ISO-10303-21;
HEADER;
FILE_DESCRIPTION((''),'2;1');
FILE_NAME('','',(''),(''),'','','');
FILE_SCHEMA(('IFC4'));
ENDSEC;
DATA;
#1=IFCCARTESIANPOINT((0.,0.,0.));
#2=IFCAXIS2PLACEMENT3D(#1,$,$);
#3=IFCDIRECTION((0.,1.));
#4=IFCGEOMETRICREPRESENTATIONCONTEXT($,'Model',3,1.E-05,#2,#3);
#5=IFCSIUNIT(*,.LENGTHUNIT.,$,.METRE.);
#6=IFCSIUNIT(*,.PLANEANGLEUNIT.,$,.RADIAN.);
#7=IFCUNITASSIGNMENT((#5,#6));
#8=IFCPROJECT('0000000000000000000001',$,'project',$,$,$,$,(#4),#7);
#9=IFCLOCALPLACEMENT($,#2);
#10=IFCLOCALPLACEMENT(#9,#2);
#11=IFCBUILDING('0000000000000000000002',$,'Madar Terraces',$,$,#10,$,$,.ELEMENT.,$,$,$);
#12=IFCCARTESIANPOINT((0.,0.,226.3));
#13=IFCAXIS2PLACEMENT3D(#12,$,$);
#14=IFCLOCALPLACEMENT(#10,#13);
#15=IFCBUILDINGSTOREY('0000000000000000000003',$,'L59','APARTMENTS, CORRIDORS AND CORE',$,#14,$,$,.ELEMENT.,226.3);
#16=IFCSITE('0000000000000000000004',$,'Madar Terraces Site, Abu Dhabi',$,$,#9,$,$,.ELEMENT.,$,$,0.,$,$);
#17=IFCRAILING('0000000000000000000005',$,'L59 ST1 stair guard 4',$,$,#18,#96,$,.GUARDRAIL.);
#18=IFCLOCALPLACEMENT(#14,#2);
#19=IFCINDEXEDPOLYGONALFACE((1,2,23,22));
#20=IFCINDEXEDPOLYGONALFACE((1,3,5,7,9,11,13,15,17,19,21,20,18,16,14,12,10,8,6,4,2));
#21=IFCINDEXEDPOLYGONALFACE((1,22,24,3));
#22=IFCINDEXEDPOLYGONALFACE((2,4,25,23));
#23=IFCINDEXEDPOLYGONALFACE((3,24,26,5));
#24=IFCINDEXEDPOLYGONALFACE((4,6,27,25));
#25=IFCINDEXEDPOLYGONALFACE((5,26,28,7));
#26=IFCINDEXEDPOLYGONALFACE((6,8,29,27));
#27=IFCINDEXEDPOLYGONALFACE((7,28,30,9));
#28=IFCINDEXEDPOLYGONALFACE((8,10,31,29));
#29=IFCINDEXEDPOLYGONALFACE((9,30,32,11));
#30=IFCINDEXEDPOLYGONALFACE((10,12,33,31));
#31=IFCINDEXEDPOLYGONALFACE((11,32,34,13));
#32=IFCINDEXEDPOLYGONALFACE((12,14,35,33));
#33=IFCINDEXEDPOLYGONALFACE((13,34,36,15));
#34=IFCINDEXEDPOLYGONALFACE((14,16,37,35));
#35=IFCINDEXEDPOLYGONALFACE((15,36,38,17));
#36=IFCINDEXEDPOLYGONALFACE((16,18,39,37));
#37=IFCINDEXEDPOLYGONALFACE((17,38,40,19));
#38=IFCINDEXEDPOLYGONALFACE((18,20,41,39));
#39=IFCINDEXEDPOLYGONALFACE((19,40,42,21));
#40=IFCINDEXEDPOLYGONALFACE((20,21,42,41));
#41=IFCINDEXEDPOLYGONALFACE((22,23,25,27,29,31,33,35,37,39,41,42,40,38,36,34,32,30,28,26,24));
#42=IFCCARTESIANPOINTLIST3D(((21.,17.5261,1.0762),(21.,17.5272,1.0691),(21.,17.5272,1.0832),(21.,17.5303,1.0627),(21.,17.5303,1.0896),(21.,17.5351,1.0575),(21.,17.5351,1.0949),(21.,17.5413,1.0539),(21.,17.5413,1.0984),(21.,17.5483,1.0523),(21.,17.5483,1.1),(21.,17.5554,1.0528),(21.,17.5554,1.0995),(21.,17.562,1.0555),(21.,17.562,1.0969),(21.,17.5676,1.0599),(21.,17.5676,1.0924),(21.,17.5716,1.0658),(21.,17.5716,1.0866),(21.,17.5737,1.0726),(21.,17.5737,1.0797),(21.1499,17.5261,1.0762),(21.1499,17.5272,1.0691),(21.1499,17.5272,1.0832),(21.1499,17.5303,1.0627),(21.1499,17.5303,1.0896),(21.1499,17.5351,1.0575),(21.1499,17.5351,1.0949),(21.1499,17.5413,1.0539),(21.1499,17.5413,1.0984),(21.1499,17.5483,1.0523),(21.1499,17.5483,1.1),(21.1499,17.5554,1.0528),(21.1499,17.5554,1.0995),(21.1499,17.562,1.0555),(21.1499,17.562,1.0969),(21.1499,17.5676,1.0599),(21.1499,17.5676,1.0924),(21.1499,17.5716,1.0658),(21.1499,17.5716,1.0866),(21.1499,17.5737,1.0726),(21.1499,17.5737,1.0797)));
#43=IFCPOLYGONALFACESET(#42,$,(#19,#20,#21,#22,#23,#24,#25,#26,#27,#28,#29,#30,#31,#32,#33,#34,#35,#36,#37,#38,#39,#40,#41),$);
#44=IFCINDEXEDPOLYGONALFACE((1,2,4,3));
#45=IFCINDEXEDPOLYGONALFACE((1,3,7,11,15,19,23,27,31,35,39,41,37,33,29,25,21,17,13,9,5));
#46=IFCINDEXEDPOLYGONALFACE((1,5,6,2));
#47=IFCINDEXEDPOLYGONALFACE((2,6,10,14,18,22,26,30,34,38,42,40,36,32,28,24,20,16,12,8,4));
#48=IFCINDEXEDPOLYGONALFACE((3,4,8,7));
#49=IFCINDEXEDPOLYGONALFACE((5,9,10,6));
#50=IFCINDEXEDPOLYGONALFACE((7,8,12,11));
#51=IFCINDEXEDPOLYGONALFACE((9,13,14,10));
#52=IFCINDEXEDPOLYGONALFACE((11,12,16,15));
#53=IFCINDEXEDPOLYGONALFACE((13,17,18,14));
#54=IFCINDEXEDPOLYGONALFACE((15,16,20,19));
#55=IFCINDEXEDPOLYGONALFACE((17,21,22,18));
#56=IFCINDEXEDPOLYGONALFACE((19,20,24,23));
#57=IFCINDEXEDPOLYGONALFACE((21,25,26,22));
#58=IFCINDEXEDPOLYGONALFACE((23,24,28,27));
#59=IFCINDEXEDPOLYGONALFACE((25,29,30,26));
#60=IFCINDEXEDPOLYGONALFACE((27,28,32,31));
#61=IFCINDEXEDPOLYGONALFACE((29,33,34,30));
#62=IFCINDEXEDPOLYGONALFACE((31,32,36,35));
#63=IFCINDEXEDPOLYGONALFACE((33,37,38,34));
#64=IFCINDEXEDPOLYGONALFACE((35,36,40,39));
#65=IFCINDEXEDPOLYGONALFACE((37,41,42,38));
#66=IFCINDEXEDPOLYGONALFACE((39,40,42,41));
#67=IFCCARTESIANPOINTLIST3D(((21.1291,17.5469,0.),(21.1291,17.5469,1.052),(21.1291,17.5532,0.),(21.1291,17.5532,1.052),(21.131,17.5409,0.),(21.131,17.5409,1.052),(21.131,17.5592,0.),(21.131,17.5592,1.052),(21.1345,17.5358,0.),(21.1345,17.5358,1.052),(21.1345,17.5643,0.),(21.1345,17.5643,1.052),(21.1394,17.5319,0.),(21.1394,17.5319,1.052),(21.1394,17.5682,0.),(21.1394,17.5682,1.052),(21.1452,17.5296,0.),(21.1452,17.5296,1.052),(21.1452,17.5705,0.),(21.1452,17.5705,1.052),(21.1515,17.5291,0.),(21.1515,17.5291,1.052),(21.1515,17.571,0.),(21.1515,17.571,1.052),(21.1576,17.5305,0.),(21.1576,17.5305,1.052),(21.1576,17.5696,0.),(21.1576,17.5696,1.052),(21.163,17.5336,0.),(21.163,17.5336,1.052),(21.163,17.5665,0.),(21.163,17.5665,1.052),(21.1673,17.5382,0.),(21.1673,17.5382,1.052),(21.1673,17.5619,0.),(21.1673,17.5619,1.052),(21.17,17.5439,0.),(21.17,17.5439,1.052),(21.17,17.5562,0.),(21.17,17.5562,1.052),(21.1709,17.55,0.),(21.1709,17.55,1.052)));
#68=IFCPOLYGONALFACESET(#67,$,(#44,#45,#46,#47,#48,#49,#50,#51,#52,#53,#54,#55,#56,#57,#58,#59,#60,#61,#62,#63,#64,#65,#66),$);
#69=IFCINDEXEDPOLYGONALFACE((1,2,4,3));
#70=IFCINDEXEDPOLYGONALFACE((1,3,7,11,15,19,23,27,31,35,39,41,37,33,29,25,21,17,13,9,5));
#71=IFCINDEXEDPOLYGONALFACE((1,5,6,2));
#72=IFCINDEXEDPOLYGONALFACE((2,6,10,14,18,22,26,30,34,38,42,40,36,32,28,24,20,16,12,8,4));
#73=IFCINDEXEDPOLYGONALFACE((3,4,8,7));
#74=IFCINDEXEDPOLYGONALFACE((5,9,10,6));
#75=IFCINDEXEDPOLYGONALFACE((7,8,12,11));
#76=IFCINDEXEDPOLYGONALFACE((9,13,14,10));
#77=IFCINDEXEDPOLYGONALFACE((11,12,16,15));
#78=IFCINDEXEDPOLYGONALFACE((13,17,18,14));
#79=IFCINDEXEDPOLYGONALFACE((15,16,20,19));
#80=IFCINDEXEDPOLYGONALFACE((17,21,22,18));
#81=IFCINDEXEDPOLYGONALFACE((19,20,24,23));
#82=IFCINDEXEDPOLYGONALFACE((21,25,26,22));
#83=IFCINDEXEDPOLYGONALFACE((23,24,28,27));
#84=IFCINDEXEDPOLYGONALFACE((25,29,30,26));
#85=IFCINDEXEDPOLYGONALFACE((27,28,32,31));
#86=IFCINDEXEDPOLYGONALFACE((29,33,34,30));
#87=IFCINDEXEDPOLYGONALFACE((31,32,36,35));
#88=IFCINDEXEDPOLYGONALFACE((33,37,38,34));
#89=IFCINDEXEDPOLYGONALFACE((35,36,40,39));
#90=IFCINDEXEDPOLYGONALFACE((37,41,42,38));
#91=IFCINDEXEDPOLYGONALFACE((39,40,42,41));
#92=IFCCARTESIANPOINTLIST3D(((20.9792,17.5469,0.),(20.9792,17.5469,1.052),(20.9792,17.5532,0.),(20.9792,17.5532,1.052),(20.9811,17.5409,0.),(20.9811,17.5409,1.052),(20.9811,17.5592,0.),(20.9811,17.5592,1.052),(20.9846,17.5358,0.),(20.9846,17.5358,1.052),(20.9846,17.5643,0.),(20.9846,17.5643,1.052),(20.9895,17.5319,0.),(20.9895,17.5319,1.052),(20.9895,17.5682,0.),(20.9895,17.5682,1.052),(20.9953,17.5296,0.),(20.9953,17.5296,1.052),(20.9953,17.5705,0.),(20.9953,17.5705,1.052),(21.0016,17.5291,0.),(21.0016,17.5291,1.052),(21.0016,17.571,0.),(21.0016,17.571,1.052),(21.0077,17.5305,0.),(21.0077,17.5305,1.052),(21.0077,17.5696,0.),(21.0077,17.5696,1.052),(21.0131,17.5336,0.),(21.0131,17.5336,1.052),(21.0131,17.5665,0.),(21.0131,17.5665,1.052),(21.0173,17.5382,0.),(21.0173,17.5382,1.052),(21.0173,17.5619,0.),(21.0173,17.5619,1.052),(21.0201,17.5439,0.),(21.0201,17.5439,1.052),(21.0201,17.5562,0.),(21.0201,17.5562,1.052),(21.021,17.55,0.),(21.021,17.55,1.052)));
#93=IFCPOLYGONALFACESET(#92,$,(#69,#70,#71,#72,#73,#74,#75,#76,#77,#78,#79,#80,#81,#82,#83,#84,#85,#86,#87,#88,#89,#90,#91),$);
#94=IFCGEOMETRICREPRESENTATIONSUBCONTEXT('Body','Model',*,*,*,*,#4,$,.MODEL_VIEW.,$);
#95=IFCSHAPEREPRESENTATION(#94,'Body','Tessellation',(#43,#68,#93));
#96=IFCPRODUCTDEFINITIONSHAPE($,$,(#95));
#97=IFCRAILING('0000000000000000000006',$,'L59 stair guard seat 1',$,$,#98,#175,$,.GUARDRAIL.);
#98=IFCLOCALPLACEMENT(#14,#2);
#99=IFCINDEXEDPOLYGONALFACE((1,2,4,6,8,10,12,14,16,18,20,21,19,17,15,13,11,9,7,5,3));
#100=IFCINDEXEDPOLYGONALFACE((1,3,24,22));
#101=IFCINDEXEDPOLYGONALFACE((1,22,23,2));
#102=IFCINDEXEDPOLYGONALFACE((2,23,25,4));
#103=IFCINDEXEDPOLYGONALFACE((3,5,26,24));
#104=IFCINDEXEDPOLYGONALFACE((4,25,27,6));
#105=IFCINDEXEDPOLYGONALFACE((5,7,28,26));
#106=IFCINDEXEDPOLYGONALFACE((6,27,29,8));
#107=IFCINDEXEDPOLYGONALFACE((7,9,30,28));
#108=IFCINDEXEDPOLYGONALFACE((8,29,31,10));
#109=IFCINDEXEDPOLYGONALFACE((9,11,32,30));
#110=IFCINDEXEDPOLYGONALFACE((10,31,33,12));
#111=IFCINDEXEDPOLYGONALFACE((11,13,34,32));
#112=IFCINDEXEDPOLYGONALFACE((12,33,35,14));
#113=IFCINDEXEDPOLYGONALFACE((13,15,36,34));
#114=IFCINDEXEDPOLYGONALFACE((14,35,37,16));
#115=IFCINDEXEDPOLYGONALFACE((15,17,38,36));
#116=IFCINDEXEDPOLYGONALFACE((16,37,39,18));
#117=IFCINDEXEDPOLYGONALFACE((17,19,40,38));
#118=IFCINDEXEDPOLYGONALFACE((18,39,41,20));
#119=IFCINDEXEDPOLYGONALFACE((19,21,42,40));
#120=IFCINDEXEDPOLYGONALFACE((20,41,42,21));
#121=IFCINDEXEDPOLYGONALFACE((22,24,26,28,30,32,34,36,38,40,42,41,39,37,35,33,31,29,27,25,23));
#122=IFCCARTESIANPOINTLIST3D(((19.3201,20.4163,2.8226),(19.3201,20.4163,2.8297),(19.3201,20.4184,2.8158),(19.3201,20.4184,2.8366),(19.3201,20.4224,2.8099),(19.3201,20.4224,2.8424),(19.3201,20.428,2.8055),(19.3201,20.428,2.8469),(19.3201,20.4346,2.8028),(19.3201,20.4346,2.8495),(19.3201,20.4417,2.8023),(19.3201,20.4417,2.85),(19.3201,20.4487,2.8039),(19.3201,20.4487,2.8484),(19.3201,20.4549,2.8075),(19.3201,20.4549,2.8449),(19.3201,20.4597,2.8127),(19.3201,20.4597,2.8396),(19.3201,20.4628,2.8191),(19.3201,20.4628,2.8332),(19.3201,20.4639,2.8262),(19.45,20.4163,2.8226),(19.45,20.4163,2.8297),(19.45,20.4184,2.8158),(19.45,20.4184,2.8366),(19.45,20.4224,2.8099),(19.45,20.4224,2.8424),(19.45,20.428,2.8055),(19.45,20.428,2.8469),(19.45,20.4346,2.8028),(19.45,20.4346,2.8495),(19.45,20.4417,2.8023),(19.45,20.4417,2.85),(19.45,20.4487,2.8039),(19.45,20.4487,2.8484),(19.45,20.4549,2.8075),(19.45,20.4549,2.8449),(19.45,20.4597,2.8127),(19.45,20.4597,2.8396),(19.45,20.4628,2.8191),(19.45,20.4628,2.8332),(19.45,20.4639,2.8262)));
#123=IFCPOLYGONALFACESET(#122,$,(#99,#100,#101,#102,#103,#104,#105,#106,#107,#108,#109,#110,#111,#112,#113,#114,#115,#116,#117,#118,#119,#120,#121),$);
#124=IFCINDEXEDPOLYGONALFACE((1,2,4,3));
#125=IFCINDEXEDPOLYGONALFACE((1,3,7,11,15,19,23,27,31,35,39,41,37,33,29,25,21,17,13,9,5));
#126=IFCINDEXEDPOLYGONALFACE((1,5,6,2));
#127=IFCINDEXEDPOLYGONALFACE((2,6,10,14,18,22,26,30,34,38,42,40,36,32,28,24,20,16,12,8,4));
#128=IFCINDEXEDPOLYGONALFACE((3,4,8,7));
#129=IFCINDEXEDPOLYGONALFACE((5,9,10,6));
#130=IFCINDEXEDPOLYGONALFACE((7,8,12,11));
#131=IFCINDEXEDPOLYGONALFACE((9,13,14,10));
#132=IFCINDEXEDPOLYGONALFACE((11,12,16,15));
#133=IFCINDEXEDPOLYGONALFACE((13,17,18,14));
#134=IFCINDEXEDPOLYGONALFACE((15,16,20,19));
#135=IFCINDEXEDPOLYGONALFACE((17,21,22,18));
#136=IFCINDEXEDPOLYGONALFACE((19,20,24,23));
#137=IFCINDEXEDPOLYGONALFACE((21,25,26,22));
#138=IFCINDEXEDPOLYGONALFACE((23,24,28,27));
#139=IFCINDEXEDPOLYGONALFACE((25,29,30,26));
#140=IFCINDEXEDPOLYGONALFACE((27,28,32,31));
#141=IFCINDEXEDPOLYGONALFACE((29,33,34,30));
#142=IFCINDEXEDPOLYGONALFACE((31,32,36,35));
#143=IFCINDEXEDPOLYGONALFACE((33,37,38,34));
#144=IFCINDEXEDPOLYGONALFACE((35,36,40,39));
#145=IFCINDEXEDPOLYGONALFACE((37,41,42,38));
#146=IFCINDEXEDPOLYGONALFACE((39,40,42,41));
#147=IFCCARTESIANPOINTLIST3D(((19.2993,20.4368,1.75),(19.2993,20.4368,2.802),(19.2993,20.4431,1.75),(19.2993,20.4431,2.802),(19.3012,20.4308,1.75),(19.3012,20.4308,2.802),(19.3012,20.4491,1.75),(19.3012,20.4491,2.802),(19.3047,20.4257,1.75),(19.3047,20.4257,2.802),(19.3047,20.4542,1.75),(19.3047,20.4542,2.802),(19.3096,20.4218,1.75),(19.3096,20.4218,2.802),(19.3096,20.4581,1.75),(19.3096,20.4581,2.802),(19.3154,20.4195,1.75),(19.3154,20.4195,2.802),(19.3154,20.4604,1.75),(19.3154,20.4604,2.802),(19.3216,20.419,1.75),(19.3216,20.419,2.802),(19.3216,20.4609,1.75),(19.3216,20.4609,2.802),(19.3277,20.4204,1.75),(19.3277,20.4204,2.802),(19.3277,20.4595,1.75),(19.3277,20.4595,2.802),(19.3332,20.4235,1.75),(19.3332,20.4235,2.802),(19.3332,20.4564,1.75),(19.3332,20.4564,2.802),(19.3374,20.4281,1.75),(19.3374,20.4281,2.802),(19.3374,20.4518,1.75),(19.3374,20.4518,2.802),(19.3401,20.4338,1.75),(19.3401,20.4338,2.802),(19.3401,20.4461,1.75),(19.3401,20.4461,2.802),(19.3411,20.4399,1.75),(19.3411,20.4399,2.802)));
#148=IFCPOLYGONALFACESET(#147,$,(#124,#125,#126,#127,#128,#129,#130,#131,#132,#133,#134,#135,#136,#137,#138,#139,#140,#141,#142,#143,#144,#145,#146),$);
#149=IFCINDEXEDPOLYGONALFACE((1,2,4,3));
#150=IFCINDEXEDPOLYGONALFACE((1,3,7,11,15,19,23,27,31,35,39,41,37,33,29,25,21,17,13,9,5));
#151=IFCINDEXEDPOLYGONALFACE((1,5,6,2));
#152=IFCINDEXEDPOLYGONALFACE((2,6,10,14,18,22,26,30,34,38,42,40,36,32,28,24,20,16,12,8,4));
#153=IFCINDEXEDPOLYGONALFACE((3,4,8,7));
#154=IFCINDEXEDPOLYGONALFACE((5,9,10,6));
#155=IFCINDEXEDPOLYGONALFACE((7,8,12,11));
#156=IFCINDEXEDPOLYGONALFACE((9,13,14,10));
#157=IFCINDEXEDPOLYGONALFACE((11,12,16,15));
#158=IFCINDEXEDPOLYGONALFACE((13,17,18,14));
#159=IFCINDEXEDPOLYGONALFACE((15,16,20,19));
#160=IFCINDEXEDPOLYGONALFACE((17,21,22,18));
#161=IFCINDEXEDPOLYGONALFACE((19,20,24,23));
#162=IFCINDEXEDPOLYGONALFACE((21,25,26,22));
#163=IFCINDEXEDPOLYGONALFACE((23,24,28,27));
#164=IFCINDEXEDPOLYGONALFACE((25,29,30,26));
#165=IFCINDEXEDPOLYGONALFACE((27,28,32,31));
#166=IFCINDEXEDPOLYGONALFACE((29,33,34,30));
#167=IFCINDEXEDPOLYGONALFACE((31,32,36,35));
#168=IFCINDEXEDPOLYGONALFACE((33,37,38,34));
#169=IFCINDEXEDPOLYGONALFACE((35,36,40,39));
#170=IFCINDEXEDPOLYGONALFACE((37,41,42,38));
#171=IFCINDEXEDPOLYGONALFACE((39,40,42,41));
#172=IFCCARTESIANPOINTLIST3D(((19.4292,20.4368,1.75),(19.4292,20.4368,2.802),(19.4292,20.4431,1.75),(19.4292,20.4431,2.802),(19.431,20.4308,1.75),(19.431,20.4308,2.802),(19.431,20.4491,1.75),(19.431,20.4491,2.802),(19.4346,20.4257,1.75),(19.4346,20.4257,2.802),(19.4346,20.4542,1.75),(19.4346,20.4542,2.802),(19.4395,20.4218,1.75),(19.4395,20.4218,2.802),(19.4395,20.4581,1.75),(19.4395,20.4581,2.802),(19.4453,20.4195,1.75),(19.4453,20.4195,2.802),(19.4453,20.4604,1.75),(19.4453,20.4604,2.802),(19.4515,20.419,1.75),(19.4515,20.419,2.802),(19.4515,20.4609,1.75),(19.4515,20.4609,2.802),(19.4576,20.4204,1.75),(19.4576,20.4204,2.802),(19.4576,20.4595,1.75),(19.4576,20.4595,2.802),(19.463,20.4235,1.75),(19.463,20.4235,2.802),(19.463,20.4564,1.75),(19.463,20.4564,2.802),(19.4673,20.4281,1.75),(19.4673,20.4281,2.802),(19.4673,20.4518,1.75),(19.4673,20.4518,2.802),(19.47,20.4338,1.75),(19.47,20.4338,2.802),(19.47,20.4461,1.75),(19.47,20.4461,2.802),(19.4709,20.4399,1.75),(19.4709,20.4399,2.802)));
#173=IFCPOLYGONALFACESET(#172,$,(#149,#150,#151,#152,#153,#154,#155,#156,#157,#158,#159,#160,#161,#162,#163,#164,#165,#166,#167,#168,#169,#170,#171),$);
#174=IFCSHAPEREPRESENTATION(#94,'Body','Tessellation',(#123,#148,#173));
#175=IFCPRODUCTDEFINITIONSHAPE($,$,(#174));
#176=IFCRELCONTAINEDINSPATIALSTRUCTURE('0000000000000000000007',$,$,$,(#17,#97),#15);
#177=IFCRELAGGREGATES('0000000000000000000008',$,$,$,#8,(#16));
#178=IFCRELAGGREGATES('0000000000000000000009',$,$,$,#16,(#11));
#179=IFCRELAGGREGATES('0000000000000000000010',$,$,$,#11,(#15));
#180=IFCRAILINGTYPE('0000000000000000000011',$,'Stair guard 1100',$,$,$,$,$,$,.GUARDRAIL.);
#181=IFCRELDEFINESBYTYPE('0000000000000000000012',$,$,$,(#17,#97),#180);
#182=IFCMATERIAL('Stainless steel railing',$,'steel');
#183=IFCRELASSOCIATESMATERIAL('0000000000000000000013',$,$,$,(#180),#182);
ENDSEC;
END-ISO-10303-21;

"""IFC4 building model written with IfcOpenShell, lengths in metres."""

from ifc_helpers import new_model, si_unit, direction, frame, origin, origin_2d, place, context, subcontext, project, spatial, circle, extrude, material, type_object, element, save


model = new_model("IFC4")

# Units and contexts
model_context = context("Model", 3, precision=1e-05, world=origin(), true_north=direction((0.0, 1.0)))
body_context = subcontext(model_context, "Body", "Model", "MODEL_VIEW")
ifc_project = project(units=[si_unit("LENGTHUNIT", "METRE"), si_unit("PLANEANGLEUNIT", "RADIAN")], contexts=[model_context])

# Site, building, storey
site_placement = place(None, origin())
site = spatial("IfcSite", under=ifc_project, at=site_placement, Name="Madar Terraces Site, Abu Dhabi", CompositionType="ELEMENT", RefElevation=0.0)
building_placement = place(site_placement, origin())
building = spatial("IfcBuilding", under=site, at=building_placement, Name="Madar Terraces", CompositionType="ELEMENT")
storey_placement = place(building_placement, frame((0.0, 0.0, 226.3)))
storey = spatial("IfcBuildingStorey", under=building, at=storey_placement, Name="L59", Description="APARTMENTS, CORRIDORS AND CORE", CompositionType="ELEMENT", Elevation=226.3)

# Railings
ifc_material_1 = material(Name="Stainless steel railing", Category="steel")
railing_type_1 = type_object("IfcRailingType", Name="Stair guard 1100", PredefinedType="GUARDRAIL", material=ifc_material_1)
railing_1_placement = place(storey_placement, frame((21.1499, 17.55, 0.0)))
element("IfcRailing", 1, at=railing_1_placement, inside=storey, type_object=railing_type_1, Name="L59 ST1 stair guard 4", PredefinedType="GUARDRAIL", context=body_context, shape_type="SweptSolid", body=[
    extrude(circle(Radius=0.0239, at=origin_2d()), frame((0.0, 0.0, 1.0762), z_axis=(-1.0, 0.0, 0.0), x_axis=(0.0, -1.0, 0.0)), (0.0, 0.0, 1.0), 0.1499),
    extrude(circle(Radius=0.021, at=origin_2d()), origin(), (0.0, 0.0, 1.0), 1.052),
    extrude(circle(Radius=0.021, at=origin_2d()), frame((-0.1499, 0.0, 0.0)), (0.0, 0.0, 1.0), 1.052),
])
for number, where, name in (
    (2, (19.3201, 20.4399, 1.75), "L59 stair guard seat 1"),
):
    element("IfcRailing", number, at=place(storey_placement, frame(where)), inside=storey, type_object=railing_type_1, Name=name, PredefinedType="GUARDRAIL", context=body_context, shape_type="SweptSolid", body=[
        extrude(circle(Radius=0.0239, at=origin_2d()), frame((0.0, 0.0, 1.0762), z_axis=(1.0, 0.0, 0.0), x_axis=(0.0, 1.0, 0.0)), (0.0, 0.0, 1.0), 0.1299),
        extrude(circle(Radius=0.021, at=origin_2d()), origin(), (0.0, 0.0, 1.0), 1.052),
        extrude(circle(Radius=0.021, at=origin_2d()), frame((0.1299, 0.0, 0.0)), (0.0, 0.0, 1.0), 1.052),
    ])

save(model, "model.ifc")
